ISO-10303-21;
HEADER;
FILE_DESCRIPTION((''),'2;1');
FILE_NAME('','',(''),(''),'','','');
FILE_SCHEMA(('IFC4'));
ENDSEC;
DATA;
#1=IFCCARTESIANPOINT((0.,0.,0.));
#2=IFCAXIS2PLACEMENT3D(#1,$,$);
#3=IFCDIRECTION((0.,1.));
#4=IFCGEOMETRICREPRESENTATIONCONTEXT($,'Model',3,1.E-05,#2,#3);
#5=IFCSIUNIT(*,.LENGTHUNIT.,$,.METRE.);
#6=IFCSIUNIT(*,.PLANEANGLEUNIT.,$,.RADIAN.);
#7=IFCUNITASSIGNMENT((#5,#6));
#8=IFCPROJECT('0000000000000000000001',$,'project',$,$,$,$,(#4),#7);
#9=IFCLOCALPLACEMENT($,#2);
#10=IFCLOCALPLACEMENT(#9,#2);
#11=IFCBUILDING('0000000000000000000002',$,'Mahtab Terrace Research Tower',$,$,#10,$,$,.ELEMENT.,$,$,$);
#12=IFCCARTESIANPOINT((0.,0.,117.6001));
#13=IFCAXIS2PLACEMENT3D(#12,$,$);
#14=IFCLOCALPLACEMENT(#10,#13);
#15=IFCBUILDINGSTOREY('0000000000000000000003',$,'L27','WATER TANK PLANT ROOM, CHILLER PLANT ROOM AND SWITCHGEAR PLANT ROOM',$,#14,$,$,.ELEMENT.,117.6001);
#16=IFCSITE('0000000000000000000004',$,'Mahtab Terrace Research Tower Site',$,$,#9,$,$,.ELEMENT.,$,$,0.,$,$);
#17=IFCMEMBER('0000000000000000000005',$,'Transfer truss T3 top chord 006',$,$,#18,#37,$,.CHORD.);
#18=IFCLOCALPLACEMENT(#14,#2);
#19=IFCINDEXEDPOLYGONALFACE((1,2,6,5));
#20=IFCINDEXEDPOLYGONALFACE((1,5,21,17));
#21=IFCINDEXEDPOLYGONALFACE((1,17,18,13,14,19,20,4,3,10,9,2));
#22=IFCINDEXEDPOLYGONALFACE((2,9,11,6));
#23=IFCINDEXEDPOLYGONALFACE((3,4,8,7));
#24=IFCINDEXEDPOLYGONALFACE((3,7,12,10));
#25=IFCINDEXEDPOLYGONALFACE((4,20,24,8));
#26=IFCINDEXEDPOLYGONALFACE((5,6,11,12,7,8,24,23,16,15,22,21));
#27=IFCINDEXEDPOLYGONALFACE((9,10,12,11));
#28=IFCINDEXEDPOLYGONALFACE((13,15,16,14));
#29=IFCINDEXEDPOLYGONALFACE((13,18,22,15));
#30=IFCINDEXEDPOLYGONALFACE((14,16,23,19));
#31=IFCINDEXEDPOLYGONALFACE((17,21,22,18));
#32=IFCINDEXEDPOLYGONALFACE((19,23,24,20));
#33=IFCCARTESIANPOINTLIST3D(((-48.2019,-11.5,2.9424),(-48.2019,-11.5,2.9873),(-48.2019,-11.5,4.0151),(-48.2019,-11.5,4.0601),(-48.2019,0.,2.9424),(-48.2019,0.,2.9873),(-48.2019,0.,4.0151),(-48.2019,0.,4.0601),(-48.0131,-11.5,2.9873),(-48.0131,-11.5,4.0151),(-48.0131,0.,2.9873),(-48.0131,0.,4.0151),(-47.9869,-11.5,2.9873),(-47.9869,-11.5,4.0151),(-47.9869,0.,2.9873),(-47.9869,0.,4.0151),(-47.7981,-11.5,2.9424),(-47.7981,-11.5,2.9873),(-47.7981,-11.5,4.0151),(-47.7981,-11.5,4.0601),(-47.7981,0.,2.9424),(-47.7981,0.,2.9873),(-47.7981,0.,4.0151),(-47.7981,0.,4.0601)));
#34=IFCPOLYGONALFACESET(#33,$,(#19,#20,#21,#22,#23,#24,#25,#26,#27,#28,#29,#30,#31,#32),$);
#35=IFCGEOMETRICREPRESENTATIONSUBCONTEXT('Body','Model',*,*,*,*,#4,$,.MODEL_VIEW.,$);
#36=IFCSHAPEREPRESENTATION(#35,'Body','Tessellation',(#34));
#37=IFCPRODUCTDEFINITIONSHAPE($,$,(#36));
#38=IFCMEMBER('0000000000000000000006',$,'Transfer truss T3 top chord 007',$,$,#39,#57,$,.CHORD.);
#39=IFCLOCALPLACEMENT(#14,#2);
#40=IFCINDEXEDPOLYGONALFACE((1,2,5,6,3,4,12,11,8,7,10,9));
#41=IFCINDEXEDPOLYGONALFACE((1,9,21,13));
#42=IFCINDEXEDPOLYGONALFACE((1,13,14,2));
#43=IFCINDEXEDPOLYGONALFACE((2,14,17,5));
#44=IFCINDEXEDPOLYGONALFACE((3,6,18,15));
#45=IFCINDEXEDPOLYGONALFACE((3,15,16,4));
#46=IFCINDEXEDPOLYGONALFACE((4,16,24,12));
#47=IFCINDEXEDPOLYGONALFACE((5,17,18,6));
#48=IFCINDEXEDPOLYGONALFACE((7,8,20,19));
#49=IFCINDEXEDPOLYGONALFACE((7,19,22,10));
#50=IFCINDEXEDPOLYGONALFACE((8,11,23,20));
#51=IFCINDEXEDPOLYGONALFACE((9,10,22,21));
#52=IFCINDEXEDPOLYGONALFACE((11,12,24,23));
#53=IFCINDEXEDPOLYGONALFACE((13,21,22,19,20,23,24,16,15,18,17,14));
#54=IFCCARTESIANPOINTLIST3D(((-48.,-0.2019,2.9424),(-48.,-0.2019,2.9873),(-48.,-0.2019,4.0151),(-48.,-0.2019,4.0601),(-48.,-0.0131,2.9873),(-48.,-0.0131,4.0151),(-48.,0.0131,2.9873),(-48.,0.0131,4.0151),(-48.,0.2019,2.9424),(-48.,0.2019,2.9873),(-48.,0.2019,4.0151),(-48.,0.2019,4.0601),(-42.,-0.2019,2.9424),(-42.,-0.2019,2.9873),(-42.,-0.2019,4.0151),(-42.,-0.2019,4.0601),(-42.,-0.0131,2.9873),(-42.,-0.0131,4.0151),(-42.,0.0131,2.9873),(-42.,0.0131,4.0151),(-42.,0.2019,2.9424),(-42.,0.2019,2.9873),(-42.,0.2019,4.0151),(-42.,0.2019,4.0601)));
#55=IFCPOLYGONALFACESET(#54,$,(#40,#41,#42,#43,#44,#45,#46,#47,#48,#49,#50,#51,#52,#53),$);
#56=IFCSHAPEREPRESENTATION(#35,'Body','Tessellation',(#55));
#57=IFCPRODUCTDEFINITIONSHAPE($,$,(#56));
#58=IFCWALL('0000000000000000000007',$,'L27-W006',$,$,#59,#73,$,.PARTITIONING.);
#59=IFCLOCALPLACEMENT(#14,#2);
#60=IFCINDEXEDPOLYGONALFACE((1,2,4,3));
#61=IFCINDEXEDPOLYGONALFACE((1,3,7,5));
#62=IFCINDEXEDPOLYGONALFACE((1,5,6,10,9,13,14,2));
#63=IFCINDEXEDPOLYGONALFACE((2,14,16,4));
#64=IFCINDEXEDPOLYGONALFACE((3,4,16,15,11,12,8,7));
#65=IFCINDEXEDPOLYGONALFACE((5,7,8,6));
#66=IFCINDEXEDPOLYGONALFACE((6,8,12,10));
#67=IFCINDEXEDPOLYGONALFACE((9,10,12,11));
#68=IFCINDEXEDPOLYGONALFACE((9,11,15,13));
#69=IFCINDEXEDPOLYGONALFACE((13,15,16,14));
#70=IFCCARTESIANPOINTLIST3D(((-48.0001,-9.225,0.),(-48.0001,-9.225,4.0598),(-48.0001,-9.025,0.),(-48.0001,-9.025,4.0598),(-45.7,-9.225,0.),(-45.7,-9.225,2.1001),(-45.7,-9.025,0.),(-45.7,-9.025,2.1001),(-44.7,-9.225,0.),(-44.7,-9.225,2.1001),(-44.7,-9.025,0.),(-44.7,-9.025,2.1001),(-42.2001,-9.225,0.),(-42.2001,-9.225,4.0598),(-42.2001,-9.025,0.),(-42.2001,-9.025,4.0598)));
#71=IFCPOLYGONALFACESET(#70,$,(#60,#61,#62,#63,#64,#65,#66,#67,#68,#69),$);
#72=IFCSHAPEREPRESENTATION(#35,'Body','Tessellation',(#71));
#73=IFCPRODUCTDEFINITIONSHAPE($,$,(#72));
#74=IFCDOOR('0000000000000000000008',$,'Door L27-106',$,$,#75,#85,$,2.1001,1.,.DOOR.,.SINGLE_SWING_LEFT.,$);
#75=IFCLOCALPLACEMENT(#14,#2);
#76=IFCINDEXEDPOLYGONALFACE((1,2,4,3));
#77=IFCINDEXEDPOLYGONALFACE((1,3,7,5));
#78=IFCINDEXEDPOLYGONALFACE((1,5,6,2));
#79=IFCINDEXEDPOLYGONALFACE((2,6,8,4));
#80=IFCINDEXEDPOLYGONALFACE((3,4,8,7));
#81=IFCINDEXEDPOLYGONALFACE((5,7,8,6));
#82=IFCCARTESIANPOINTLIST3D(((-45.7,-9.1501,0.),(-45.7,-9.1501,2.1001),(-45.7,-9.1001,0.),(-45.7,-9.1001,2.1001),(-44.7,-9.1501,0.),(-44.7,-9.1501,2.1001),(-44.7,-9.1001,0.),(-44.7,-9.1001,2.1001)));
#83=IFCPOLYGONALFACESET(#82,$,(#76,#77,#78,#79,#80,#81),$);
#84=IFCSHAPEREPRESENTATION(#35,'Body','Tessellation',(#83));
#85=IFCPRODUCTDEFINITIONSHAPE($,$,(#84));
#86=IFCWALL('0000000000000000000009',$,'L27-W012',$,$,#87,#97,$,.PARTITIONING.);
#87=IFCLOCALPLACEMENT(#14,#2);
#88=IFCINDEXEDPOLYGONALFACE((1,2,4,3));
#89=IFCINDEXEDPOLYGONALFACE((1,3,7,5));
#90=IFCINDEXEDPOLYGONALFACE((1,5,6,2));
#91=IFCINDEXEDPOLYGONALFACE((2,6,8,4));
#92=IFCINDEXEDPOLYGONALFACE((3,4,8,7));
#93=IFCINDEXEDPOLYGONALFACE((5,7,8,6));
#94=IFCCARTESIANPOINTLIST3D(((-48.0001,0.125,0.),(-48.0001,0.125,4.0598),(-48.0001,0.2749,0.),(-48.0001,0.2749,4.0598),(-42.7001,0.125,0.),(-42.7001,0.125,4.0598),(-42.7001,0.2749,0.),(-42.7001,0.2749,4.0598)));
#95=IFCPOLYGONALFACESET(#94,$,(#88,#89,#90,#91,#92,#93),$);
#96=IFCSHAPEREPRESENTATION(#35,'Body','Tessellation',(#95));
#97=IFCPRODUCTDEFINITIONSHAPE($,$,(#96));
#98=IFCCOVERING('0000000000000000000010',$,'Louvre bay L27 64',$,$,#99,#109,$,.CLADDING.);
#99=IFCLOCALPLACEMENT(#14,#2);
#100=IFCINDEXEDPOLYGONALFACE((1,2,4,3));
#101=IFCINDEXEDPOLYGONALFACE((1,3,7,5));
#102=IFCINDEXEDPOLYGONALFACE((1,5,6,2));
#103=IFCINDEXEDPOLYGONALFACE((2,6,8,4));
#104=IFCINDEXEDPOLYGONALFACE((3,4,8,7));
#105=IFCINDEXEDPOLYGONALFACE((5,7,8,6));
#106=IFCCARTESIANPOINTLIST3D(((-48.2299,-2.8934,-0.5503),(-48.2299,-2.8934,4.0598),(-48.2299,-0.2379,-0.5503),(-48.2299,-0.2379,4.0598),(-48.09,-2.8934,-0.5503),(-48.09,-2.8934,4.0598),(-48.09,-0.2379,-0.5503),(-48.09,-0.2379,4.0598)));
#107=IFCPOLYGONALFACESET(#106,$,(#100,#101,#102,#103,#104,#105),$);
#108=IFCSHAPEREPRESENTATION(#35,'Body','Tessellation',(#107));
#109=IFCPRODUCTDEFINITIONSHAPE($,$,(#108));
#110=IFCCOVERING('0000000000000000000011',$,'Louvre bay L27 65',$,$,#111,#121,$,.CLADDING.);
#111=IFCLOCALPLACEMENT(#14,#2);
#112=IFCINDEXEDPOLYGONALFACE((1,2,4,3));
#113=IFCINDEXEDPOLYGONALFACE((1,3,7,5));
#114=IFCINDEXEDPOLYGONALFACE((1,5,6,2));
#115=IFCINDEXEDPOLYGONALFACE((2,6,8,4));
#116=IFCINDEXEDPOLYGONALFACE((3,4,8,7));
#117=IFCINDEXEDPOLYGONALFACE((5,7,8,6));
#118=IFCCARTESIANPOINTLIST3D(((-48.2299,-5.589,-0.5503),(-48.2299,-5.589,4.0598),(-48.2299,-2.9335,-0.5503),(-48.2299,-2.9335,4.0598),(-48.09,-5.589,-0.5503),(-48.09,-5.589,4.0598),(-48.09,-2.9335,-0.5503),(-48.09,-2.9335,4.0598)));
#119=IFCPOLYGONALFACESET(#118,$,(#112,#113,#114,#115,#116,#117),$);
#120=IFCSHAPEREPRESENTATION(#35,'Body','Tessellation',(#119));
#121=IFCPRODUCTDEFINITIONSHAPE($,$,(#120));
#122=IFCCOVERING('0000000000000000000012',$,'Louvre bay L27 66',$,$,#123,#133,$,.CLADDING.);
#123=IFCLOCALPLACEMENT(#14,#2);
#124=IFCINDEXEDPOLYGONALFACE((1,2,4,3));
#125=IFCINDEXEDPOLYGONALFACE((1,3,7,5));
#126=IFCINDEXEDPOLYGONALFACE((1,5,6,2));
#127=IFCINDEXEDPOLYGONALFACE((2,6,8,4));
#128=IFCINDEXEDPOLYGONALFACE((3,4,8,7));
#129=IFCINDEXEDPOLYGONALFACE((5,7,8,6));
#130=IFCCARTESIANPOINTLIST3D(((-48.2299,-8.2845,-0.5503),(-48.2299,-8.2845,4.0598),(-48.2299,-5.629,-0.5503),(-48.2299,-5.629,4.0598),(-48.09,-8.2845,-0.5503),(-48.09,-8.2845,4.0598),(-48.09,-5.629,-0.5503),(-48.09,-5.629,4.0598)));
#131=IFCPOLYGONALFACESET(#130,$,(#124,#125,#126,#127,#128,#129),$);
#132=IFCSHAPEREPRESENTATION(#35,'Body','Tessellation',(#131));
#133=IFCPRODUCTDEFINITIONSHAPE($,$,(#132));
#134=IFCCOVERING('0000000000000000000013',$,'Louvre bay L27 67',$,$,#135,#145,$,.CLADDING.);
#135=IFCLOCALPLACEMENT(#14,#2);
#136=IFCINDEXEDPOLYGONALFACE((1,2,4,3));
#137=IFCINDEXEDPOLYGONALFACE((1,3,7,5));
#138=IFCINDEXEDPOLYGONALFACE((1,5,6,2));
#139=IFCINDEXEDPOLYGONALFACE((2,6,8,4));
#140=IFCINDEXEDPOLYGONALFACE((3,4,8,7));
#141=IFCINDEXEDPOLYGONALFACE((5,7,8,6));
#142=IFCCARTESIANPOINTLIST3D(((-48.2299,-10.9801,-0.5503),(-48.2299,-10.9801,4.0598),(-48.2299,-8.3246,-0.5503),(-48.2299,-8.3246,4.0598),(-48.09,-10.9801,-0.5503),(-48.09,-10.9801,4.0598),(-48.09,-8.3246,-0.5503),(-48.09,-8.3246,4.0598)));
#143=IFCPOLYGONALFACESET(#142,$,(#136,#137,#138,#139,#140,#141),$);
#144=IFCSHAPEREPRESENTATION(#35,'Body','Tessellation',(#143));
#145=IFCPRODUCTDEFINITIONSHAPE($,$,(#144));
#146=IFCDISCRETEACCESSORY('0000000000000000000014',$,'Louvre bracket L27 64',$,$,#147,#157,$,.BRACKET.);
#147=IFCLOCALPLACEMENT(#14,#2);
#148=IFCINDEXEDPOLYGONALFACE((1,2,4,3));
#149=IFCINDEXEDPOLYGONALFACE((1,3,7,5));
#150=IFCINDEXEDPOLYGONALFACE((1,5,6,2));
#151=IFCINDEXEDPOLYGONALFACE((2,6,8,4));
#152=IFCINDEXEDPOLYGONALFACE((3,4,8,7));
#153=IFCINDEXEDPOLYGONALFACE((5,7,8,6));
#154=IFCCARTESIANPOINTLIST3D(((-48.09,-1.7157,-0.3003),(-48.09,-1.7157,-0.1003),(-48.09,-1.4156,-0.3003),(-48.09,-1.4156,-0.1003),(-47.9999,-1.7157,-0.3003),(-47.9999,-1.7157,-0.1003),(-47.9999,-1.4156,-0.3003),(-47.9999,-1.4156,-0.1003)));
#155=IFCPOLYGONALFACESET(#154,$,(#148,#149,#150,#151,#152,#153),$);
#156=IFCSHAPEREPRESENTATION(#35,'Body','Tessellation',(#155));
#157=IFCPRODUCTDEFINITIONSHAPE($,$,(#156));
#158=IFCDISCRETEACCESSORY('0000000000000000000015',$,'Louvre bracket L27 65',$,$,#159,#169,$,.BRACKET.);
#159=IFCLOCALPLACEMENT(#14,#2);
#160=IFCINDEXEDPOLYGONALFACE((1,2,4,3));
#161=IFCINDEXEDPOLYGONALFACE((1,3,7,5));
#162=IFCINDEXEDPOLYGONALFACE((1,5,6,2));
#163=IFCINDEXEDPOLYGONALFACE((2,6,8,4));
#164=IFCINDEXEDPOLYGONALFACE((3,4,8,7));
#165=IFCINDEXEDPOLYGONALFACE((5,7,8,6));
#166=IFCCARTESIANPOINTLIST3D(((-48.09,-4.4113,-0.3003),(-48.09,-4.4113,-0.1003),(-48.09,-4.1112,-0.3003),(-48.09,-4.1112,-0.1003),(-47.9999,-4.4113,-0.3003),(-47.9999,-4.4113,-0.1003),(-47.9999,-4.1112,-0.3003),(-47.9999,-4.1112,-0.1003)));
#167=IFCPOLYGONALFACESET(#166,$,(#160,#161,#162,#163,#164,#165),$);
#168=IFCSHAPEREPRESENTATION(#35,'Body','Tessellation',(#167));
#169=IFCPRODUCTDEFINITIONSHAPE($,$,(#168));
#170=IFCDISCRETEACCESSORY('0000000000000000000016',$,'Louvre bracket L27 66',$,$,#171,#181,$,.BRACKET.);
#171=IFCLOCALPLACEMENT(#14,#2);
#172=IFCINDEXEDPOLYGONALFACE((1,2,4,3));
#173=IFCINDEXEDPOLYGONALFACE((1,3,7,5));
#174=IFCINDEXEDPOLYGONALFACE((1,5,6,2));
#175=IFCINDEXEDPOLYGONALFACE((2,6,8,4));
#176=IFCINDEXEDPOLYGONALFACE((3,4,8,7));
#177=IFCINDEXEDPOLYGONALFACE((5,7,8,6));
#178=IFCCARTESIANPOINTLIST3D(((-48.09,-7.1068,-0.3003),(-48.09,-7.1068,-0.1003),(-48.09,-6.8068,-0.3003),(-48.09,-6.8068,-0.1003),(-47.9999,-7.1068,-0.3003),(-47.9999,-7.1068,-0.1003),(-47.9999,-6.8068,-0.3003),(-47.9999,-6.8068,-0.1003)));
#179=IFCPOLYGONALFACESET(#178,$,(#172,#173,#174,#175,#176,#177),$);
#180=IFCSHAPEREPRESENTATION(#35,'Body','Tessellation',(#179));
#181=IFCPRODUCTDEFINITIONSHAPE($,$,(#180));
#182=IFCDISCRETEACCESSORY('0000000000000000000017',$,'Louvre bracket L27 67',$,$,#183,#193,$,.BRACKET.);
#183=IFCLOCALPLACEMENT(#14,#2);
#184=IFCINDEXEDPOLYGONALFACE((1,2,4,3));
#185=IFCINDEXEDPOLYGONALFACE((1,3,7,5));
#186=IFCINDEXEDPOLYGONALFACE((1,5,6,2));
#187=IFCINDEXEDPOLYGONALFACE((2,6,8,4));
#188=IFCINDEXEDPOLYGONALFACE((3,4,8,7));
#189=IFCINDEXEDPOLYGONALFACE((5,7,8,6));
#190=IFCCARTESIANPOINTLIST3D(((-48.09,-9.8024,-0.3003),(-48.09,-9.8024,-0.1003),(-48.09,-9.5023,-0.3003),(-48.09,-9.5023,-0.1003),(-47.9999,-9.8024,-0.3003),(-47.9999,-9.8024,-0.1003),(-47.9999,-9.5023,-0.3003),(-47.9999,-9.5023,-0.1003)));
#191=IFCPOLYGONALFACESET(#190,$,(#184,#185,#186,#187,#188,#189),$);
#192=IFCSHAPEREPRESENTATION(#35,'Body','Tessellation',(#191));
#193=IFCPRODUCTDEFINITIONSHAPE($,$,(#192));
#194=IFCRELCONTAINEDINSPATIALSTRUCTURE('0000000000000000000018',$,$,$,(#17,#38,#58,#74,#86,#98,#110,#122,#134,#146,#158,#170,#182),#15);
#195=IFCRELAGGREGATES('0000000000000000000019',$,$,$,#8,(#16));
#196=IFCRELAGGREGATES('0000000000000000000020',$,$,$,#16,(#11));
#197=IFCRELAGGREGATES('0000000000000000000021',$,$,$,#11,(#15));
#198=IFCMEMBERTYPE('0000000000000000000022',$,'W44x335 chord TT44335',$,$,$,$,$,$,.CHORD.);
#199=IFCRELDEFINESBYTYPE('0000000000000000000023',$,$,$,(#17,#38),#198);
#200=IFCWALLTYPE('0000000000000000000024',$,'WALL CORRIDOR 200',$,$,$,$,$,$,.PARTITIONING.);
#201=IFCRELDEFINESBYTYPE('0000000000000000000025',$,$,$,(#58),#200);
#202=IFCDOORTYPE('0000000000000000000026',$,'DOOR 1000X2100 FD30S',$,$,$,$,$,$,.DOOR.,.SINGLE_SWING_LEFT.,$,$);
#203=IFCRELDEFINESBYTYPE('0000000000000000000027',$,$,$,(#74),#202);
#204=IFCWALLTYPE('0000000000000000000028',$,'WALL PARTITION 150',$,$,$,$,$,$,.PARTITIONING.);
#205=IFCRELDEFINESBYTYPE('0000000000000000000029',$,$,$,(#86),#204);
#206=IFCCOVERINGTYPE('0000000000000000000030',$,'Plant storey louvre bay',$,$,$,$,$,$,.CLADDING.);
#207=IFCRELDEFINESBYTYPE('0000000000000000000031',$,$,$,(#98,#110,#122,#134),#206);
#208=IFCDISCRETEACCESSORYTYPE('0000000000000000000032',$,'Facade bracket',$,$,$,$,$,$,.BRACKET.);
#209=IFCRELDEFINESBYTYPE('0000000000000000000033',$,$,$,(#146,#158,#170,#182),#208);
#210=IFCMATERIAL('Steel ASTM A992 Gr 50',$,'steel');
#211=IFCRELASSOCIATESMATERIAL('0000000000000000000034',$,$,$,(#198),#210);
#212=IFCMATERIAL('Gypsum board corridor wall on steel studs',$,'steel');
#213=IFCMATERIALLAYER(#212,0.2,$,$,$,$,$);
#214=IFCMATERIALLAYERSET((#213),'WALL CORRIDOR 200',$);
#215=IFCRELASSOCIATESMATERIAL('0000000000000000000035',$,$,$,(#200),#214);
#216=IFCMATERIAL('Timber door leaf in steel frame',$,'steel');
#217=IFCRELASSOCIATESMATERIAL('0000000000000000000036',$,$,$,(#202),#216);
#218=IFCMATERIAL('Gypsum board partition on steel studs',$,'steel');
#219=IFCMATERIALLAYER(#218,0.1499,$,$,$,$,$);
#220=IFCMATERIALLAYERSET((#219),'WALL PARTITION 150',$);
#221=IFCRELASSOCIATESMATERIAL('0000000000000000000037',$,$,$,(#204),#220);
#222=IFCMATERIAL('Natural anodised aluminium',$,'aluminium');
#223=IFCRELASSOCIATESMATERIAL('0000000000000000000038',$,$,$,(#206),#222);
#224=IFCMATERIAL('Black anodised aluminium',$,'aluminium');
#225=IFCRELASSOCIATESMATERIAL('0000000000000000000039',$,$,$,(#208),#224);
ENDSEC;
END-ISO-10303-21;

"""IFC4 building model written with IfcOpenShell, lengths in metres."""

from ifc_helpers import new_model, si_unit, direction, frame, frame_2d, origin, origin_2d, place, context, subcontext, project, spatial, rectangle, i_section, extrude, material, layer, layer_set, material_profile, profile_set, type_object, element, fill, save


model = new_model("IFC4")

# Units and contexts
model_context = context("Model", 3, precision=1e-05, world=origin(), true_north=direction((0.0, 1.0)))
body_context = subcontext(model_context, "Body", "Model", "MODEL_VIEW")
ifc_project = project(units=[si_unit("LENGTHUNIT", "METRE"), si_unit("PLANEANGLEUNIT", "RADIAN")], contexts=[model_context])

# Site, building, storey
site_placement = place(None, origin())
site = spatial("IfcSite", under=ifc_project, at=site_placement, Name="Mahtab Terrace Research Tower Site", CompositionType="ELEMENT", RefElevation=0.0)
building_placement = place(site_placement, origin())
building = spatial("IfcBuilding", under=site, at=building_placement, Name="Mahtab Terrace Research Tower", CompositionType="ELEMENT")
storey_placement = place(building_placement, frame((0.0, 0.0, 117.6001)))
storey = spatial("IfcBuildingStorey", under=building, at=storey_placement, Name="L27", Description="WATER TANK PLANT ROOM, CHILLER PLANT ROOM AND SWITCHGEAR PLANT ROOM", CompositionType="ELEMENT", Elevation=117.6001)

# Shared definitions
ifc_material_1 = material(Name="Steel ASTM A992 Gr 50", Category="steel")

# Members
ifc_material_profile_1 = material_profile(ifc_material_1, i_section(OverallWidth=0.4038, OverallDepth=1.1177, WebThickness=0.0261, FlangeThickness=0.0449, at=origin_2d()), Name="W44X335")
ifc_profile_set_1 = profile_set([ifc_material_profile_1], Name="Steel ASTM A992 Gr 50")
member_type_1 = type_object("IfcMemberType", Name="W44x335 chord TT44335", PredefinedType="CHORD", material=ifc_profile_set_1)
member_1_placement = place(storey_placement, frame((-48.0, 0.0, 3.5012), z_axis=(0.0, -1.0, 0.0), x_axis=(1.0, 0.0, 0.0)))
element("IfcMember", 1, at=member_1_placement, inside=storey, type_object=member_type_1, Name="Transfer truss T3 top chord 006", PredefinedType="CHORD", context=body_context, shape_type="SweptSolid", body=[
    extrude(i_section(OverallWidth=0.4038, OverallDepth=1.1177, WebThickness=0.0261, FlangeThickness=0.0449, at=origin_2d()), origin(), (0.0, 0.0, 1.0), 11.5),
])
member_2_placement = place(storey_placement, frame((-48.0, 0.0, 3.5012), z_axis=(1.0, 0.0, 0.0), x_axis=(0.0, 1.0, 0.0)))
element("IfcMember", 2, at=member_2_placement, inside=storey, type_object=member_type_1, Name="Transfer truss T3 top chord 007", PredefinedType="CHORD", context=body_context, shape_type="SweptSolid", body=[
    extrude(i_section(OverallWidth=0.4038, OverallDepth=1.1177, WebThickness=0.0261, FlangeThickness=0.0449, at=origin_2d()), origin(), (0.0, 0.0, 1.0), 6.0),
])

# Wall, opening, door
ifc_material_2 = material(Name="Gypsum board corridor wall on steel studs", Category="steel")
ifc_layer_1 = layer(ifc_material_2, 0.2)
ifc_layer_set_1 = layer_set([ifc_layer_1], Name="WALL CORRIDOR 200")
wall_type_1 = type_object("IfcWallType", Name="WALL CORRIDOR 200", PredefinedType="PARTITIONING", material=ifc_layer_set_1)
wall_1_placement = place(storey_placement, frame((-48.0, -9.125, 0.0), z_axis=(0.0, 0.0, 1.0), x_axis=(1.0, 0.0, 0.0)))
wall_1 = element("IfcWall", 3, at=wall_1_placement, inside=storey, type_object=wall_type_1, Name="L27-W006", PredefinedType="PARTITIONING", context=body_context, shape_type="SweptSolid", body=[
    extrude(rectangle(XDim=5.8, YDim=0.2, at=frame_2d((2.8999, 0.0))), origin(), (0.0, 0.0, 1.0), 4.0598),
])
opening_placement = place(wall_1_placement, frame((2.3, 0.0, 0.0)))
opening = element("IfcOpeningElement", 4, at=opening_placement, cuts=wall_1, PredefinedType="OPENING", context=body_context, shape_type="SweptSolid", body=[
    extrude(rectangle(XDim=1.0, YDim=2.1001, at=frame_2d((0.5, 1.05))), frame((0.0, 0.1099, 0.0), z_axis=(0.0, -1.0, 0.0), x_axis=(1.0, 0.0, 0.0)), (0.0, 0.0, 1.0), 0.22),
])
ifc_material_3 = material(Name="Timber door leaf in steel frame", Category="steel")
door_type = type_object("IfcDoorType", Name="DOOR 1000X2100 FD30S", OperationType="SINGLE_SWING_LEFT", PredefinedType="DOOR", material=ifc_material_3)
door_placement = place(opening_placement, origin())
door = element("IfcDoor", 5, at=door_placement, inside=storey, type_object=door_type, Name="Door L27-106", OperationType="SINGLE_SWING_LEFT", OverallHeight=2.1001, OverallWidth=1.0, PredefinedType="DOOR", context=body_context, shape_type="SweptSolid", body=[
    extrude(rectangle(XDim=1.0, YDim=2.1001, at=frame_2d((0.5, 1.05))), frame((0.0, 0.0249, 0.0), z_axis=(0.0, -1.0, 0.0), x_axis=(1.0, 0.0, 0.0)), (0.0, 0.0, 1.0), 0.05),
])
fill(opening, door)

# Wall
ifc_material_4 = material(Name="Gypsum board partition on steel studs", Category="steel")
ifc_layer_2 = layer(ifc_material_4, 0.1499)
ifc_layer_set_2 = layer_set([ifc_layer_2], Name="WALL PARTITION 150")
wall_type_2 = type_object("IfcWallType", Name="WALL PARTITION 150", PredefinedType="PARTITIONING", material=ifc_layer_set_2)
wall_2_placement = place(storey_placement, frame((-48.0, 0.2, 0.0), z_axis=(0.0, 0.0, 1.0), x_axis=(1.0, 0.0, 0.0)))
element("IfcWall", 6, at=wall_2_placement, inside=storey, type_object=wall_type_2, Name="L27-W012", PredefinedType="PARTITIONING", context=body_context, shape_type="SweptSolid", body=[
    extrude(rectangle(XDim=5.3, YDim=0.1499, at=frame_2d((2.6499, 0.0))), origin(), (0.0, 0.0, 1.0), 4.0598),
])

# Coverings
ifc_material_5 = material(Name="Natural anodised aluminium", Category="aluminium")
covering_type = type_object("IfcCoveringType", Name="Plant storey louvre bay", PredefinedType="CLADDING", material=ifc_material_5)
for number, where, z_axis, x_axis, name in (
    (7, (-48.1599, -1.5657, -0.5503), (0.0, 0.0, 1.0), (0.0, -1.0, 0.0), "Louvre bay L27 64"),
    (8, (-48.1599, -4.2612, -0.5503), (0.0, 0.0, 1.0), (0.0, -1.0, 0.0), "Louvre bay L27 65"),
    (9, (-48.1599, -6.9568, -0.5503), (0.0, 0.0, 1.0), (0.0, -1.0, 0.0), "Louvre bay L27 66"),
    (10, (-48.1599, -9.6523, -0.5503), (0.0, 0.0, 1.0), (0.0, -1.0, 0.0), "Louvre bay L27 67"),
):
    element("IfcCovering", number, at=place(storey_placement, frame(where, z_axis=z_axis, x_axis=x_axis)), inside=storey, type_object=covering_type, Name=name, PredefinedType="CLADDING", context=body_context, shape_type="SweptSolid", body=[
        extrude(rectangle(XDim=2.6555, YDim=0.1399, at=origin_2d()), origin(), (0.0, 0.0, 1.0), 4.6101),
    ])

# Discrete accessories
ifc_material_6 = material(Name="Black anodised aluminium", Category="aluminium")
discrete_accessory_type_1 = type_object("IfcDiscreteAccessoryType", Name="Facade bracket", PredefinedType="BRACKET", material=ifc_material_6)
for number, where, z_axis, x_axis, name in (
    (11, (-48.0449, -1.5657, -0.3003), (0.0, 0.0, 1.0), (0.0, -1.0, 0.0), "Louvre bracket L27 64"),
    (12, (-48.0449, -4.2612, -0.3003), (0.0, 0.0, 1.0), (0.0, -1.0, 0.0), "Louvre bracket L27 65"),
    (13, (-48.0449, -6.9568, -0.3003), (0.0, 0.0, 1.0), (0.0, -1.0, 0.0), "Louvre bracket L27 66"),
    (14, (-48.0449, -9.6523, -0.3003), (0.0, 0.0, 1.0), (0.0, -1.0, 0.0), "Louvre bracket L27 67"),
):
    element("IfcDiscreteAccessory", number, at=place(storey_placement, frame(where, z_axis=z_axis, x_axis=x_axis)), inside=storey, type_object=discrete_accessory_type_1, Name=name, PredefinedType="BRACKET", context=body_context, shape_type="SweptSolid", body=[
        extrude(rectangle(XDim=0.3, YDim=0.0901, at=origin_2d()), origin(), (0.0, 0.0, 1.0), 0.2),
    ])

save(model, "model.ifc")
